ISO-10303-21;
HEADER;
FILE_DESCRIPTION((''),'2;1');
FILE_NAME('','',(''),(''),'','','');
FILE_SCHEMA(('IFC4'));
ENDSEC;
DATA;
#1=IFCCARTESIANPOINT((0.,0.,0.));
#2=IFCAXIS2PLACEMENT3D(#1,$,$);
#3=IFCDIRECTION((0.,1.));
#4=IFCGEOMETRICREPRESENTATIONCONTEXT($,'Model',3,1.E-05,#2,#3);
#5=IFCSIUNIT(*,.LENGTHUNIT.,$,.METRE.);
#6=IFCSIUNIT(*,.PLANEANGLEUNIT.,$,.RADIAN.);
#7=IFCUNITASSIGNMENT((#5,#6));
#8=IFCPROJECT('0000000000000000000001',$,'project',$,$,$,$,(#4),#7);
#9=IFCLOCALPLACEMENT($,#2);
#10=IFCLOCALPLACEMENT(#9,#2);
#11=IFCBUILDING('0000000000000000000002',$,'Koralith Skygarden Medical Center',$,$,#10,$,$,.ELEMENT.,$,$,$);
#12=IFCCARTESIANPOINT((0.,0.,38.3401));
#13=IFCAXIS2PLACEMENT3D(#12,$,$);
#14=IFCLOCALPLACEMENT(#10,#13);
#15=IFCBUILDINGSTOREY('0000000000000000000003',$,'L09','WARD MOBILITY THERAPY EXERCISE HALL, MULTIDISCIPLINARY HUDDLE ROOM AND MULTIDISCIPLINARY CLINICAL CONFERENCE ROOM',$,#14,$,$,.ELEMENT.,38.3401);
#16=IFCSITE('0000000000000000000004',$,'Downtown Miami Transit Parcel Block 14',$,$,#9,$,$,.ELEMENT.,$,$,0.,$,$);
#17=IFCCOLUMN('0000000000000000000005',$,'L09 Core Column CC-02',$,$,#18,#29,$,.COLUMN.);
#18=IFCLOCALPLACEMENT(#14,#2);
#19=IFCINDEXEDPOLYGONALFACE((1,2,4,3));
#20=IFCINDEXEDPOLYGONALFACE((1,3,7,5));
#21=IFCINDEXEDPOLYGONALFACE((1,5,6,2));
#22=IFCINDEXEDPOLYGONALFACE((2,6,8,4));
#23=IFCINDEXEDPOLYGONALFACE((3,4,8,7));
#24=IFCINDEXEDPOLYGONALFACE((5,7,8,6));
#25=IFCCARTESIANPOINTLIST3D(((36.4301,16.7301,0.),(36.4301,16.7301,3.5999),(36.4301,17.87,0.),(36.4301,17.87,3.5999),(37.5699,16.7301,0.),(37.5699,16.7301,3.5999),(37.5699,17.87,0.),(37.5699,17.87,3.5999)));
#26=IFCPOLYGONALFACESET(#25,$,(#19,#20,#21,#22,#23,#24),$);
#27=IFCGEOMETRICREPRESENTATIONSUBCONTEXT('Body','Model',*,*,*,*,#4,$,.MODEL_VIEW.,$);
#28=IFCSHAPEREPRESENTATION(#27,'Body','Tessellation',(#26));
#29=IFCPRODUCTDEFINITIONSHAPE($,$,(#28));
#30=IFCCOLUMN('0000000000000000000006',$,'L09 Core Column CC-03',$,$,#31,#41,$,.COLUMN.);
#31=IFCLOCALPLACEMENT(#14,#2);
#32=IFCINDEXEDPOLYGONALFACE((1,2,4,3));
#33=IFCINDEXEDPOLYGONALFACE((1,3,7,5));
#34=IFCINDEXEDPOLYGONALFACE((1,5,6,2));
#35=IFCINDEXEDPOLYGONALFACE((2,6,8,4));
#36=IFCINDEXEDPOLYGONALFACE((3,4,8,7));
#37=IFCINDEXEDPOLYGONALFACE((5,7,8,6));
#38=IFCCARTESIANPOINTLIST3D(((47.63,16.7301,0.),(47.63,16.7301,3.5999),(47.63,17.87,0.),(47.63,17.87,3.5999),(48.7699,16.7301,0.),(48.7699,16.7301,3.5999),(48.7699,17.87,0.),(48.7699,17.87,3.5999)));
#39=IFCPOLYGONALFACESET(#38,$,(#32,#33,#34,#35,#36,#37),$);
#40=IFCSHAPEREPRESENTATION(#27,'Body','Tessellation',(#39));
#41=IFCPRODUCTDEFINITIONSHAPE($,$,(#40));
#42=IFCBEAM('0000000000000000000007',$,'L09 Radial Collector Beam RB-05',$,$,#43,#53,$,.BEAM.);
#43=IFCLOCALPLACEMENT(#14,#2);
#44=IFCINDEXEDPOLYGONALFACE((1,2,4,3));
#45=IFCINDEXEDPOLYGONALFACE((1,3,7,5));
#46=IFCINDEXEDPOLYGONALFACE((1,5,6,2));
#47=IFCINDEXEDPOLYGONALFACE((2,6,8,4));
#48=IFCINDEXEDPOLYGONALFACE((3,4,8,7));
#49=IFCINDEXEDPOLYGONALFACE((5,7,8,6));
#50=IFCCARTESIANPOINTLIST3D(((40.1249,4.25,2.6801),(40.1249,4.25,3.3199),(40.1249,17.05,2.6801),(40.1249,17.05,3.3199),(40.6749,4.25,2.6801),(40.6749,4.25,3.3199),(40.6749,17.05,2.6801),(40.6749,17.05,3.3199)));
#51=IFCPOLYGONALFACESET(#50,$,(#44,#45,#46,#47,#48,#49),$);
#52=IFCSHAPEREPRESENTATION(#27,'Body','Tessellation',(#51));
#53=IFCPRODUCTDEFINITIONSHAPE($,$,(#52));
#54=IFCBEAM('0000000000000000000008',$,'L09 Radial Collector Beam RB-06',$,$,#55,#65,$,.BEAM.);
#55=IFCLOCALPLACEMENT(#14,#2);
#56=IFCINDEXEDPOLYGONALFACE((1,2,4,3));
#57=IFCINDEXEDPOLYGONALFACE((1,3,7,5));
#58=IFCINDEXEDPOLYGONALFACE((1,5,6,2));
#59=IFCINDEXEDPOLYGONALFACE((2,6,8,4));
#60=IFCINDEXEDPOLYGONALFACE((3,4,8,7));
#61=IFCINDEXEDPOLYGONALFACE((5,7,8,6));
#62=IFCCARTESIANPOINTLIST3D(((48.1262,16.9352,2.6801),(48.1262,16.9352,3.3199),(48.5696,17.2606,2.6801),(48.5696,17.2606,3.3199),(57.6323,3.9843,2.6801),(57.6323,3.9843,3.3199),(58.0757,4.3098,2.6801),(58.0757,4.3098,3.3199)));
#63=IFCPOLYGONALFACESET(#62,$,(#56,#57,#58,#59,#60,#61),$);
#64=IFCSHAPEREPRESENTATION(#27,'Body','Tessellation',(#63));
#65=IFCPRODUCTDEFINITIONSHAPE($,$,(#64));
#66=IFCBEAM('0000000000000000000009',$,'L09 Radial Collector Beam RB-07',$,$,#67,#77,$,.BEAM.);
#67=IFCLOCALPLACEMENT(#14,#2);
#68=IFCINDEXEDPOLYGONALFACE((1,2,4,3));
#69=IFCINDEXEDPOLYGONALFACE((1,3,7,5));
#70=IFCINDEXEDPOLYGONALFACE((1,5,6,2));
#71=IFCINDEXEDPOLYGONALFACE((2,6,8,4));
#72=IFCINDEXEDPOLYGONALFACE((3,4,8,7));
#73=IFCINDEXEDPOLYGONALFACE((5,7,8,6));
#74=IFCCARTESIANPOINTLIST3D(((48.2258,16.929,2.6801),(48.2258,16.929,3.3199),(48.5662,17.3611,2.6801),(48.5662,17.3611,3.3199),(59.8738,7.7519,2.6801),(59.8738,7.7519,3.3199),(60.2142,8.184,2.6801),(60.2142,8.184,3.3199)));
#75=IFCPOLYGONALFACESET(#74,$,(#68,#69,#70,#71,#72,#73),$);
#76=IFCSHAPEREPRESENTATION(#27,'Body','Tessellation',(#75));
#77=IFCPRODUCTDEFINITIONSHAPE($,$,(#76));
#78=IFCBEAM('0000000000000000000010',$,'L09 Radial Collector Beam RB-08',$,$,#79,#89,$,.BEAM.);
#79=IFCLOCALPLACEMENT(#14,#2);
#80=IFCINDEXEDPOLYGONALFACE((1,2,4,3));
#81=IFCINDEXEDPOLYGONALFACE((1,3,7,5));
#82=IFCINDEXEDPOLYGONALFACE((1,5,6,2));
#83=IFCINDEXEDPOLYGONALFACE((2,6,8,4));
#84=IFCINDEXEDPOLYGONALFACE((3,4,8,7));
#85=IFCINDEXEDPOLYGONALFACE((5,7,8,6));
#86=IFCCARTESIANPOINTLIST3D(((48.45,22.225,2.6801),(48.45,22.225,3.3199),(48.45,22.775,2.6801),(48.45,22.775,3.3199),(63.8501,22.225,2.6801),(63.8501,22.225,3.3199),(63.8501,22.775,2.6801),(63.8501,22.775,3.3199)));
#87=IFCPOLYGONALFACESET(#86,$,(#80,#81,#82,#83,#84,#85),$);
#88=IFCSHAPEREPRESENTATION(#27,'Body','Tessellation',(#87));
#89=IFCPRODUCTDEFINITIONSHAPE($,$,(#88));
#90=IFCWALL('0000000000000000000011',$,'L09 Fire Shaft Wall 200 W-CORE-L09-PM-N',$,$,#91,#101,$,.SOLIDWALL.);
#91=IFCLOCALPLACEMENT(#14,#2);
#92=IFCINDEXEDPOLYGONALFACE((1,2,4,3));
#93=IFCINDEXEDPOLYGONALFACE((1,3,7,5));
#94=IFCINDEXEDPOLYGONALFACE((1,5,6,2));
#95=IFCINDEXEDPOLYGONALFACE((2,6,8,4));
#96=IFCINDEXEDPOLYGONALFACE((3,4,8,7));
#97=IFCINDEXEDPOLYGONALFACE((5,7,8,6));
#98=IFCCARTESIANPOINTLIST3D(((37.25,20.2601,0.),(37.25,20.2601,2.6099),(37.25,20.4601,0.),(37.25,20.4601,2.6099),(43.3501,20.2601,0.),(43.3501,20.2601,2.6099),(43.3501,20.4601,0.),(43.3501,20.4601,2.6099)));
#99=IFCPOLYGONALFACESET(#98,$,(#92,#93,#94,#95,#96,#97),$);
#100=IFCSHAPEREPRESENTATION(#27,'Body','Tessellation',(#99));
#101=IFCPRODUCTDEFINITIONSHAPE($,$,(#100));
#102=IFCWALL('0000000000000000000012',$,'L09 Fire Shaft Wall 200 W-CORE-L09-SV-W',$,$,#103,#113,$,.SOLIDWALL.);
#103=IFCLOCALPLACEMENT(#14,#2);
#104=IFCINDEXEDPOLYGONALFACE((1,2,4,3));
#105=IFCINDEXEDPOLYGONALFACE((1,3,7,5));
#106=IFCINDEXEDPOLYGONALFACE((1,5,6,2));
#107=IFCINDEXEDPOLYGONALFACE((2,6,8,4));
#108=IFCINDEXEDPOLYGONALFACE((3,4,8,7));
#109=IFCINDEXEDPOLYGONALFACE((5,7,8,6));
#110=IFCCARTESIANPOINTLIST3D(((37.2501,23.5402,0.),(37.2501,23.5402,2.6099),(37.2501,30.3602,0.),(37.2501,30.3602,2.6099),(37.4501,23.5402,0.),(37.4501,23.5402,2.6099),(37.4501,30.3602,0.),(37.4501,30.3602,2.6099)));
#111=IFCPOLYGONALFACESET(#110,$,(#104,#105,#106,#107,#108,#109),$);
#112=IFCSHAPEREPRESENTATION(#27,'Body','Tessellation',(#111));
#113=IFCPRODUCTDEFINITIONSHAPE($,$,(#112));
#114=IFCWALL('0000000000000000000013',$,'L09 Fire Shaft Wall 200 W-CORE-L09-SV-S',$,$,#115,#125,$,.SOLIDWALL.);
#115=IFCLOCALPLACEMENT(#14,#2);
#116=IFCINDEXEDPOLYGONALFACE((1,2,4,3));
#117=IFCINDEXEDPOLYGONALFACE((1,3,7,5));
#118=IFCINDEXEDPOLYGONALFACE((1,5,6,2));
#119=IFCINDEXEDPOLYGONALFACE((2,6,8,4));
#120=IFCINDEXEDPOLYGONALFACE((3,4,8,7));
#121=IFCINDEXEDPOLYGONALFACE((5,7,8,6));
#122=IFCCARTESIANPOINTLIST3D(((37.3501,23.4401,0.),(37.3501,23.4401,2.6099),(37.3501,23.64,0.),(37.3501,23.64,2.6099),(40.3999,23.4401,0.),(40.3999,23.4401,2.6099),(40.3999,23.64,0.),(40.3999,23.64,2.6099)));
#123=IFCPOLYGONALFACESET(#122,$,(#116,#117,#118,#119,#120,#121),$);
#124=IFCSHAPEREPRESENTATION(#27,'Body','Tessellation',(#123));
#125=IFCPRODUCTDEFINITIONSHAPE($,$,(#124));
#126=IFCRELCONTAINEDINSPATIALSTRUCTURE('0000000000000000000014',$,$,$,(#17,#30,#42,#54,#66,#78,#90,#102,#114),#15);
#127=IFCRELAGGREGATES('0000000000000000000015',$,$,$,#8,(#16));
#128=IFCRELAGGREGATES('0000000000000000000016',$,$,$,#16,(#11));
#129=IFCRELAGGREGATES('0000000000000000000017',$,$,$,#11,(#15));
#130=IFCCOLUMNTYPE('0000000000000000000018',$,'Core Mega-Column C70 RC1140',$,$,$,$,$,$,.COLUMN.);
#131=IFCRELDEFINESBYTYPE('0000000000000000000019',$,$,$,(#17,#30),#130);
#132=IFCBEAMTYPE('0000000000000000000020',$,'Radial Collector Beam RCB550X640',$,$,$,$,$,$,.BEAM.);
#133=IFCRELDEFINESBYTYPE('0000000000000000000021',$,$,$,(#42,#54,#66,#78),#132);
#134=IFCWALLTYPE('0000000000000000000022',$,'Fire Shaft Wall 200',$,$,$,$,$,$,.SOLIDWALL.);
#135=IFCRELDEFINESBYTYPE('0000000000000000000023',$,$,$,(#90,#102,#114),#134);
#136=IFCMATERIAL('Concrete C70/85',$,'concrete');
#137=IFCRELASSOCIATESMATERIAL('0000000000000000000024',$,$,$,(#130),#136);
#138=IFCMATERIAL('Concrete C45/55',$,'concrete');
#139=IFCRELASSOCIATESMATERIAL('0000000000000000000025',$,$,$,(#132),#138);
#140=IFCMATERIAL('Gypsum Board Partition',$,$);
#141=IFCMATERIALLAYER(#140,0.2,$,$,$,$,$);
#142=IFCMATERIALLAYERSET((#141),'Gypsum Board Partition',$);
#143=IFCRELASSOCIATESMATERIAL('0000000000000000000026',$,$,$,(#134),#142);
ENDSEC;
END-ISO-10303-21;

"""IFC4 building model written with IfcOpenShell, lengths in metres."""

from ifc_helpers import new_model, si_unit, direction, frame, frame_2d, origin, origin_2d, place, context, subcontext, project, spatial, rectangle, extrude, material, layer, layer_set, material_profile, profile_set, type_object, element, save


model = new_model("IFC4")

# Units and contexts
model_context = context("Model", 3, precision=1e-05, world=origin(), true_north=direction((0.0, 1.0)))
body_context = subcontext(model_context, "Body", "Model", "MODEL_VIEW")
ifc_project = project(units=[si_unit("LENGTHUNIT", "METRE"), si_unit("PLANEANGLEUNIT", "RADIAN")], contexts=[model_context])

# Site, building, storey
site_placement = place(None, origin())
site = spatial("IfcSite", under=ifc_project, at=site_placement, Name="Downtown Miami Transit Parcel Block 14", CompositionType="ELEMENT", RefElevation=0.0)
building_placement = place(site_placement, origin())
building = spatial("IfcBuilding", under=site, at=building_placement, Name="Koralith Skygarden Medical Center", CompositionType="ELEMENT")
storey_placement = place(building_placement, frame((0.0, 0.0, 38.3401)))
storey = spatial("IfcBuildingStorey", under=building, at=storey_placement, Name="L09", Description="WARD MOBILITY THERAPY EXERCISE HALL, MULTIDISCIPLINARY HUDDLE ROOM AND MULTIDISCIPLINARY CLINICAL CONFERENCE ROOM", CompositionType="ELEMENT", Elevation=38.3401)

# Columns
ifc_material_1 = material(Name="Concrete C70/85", Category="concrete")
ifc_material_profile_1 = material_profile(ifc_material_1, rectangle(XDim=1.1399, YDim=1.1399, at=origin_2d()), Name="RC1140X1140")
ifc_profile_set_1 = profile_set([ifc_material_profile_1], Name="Concrete C70/85")
column_type = type_object("IfcColumnType", Name="Core Mega-Column C70 RC1140", PredefinedType="COLUMN", material=ifc_profile_set_1)
for number, where, z_axis, x_axis, name in (
    (1, (37.0, 17.3, 0.0), (0.0, 0.0, 1.0), (1.0, 0.0, 0.0), "L09 Core Column CC-02"),
    (2, (48.2, 17.3, 0.0), (0.0, 0.0, 1.0), (1.0, 0.0, 0.0), "L09 Core Column CC-03"),
):
    element("IfcColumn", number, at=place(storey_placement, frame(where, z_axis=z_axis, x_axis=x_axis)), inside=storey, type_object=column_type, Name=name, PredefinedType="COLUMN", context=body_context, shape_type="SweptSolid", body=[
        extrude(rectangle(XDim=1.1399, YDim=1.1399, at=origin_2d()), origin(), (0.0, 0.0, 1.0), 3.5999),
    ])

# Beams
ifc_material_2 = material(Name="Concrete C45/55", Category="concrete")
ifc_material_profile_2 = material_profile(ifc_material_2, rectangle(XDim=0.55, YDim=0.6399, at=origin_2d()), Name="RCB550X640")
ifc_profile_set_2 = profile_set([ifc_material_profile_2], Name="Concrete C45/55")
beam_type = type_object("IfcBeamType", Name="Radial Collector Beam RCB550X640", PredefinedType="BEAM", material=ifc_profile_set_2)
beam_1_placement = place(storey_placement, frame((40.3999, 17.05, 3.0), z_axis=(0.0, -1.0, 0.0), x_axis=(1.0, 0.0, 0.0)))
element("IfcBeam", 3, at=beam_1_placement, inside=storey, type_object=beam_type, Name="L09 Radial Collector Beam RB-05", PredefinedType="BEAM", context=body_context, shape_type="SweptSolid", body=[
    extrude(rectangle(XDim=0.55, YDim=0.6399, at=origin_2d()), origin(), (0.0, 0.0, 1.0), 12.8),
])
beam_2_placement = place(storey_placement, frame((48.3479, 17.0979, 3.0), z_axis=(0.591718, -0.806145, 0.0), x_axis=(0.806145, 0.591718, 0.0)))
element("IfcBeam", 4, at=beam_2_placement, inside=storey, type_object=beam_type, Name="L09 Radial Collector Beam RB-06", PredefinedType="BEAM", context=body_context, shape_type="SweptSolid", body=[
    extrude(rectangle(XDim=0.55, YDim=0.6399, at=origin_2d()), origin(), (0.0, 0.0, 1.0), 16.0652),
])
beam_3_placement = place(storey_placement, frame((48.396, 17.145, 3.0), z_axis=(0.785497, -0.618865, 0.0), x_axis=(0.618865, 0.785497, 0.0)))
element("IfcBeam", 5, at=beam_3_placement, inside=storey, type_object=beam_type, Name="L09 Radial Collector Beam RB-07", PredefinedType="BEAM", context=body_context, shape_type="SweptSolid", body=[
    extrude(rectangle(XDim=0.55, YDim=0.6399, at=origin_2d()), origin(), (0.0, 0.0, 1.0), 14.8289),
])
beam_4_placement = place(storey_placement, frame((48.45, 22.5, 3.0), z_axis=(1.0, 0.0, 0.0), x_axis=(0.0, 1.0, 0.0)))
element("IfcBeam", 6, at=beam_4_placement, inside=storey, type_object=beam_type, Name="L09 Radial Collector Beam RB-08", PredefinedType="BEAM", context=body_context, shape_type="SweptSolid", body=[
    extrude(rectangle(XDim=0.55, YDim=0.6399, at=origin_2d()), origin(), (0.0, 0.0, 1.0), 15.4001),
])

# Shared definitions
ifc_material_3 = material(Name="Gypsum Board Partition")
ifc_layer_1 = layer(ifc_material_3, 0.2)
ifc_layer_set_1 = layer_set([ifc_layer_1], Name="Gypsum Board Partition")
wall_type_1 = type_object("IfcWallType", Name="Fire Shaft Wall 200", PredefinedType="SOLIDWALL", material=ifc_layer_set_1)

# Walls
wall_1_placement = place(storey_placement, frame((37.25, 20.3601, 0.0), z_axis=(0.0, 0.0, 1.0), x_axis=(1.0, 0.0, 0.0)))
element("IfcWall", 7, at=wall_1_placement, inside=storey, type_object=wall_type_1, Name="L09 Fire Shaft Wall 200 W-CORE-L09-PM-N", PredefinedType="SOLIDWALL", context=body_context, shape_type="SweptSolid", body=[
    extrude(rectangle(XDim=6.1001, YDim=0.2, at=frame_2d((3.05, 0.0))), origin(), (0.0, 0.0, 1.0), 2.6099),
])
wall_2_placement = place(storey_placement, frame((37.3501, 23.54, 0.0), z_axis=(0.0, 0.0, 1.0), x_axis=(0.0, 1.0, 0.0)))
element("IfcWall", 8, at=wall_2_placement, inside=storey, type_object=wall_type_1, Name="L09 Fire Shaft Wall 200 W-CORE-L09-SV-W", PredefinedType="SOLIDWALL", context=body_context, shape_type="SweptSolid", body=[
    extrude(rectangle(XDim=6.8201, YDim=0.2, at=frame_2d((3.4102, 0.0))), origin(), (0.0, 0.0, 1.0), 2.6099),
])
wall_3_placement = place(storey_placement, frame((37.3501, 23.54, 0.0), z_axis=(0.0, 0.0, 1.0), x_axis=(1.0, 0.0, 0.0)))
element("IfcWall", 9, at=wall_3_placement, inside=storey, type_object=wall_type_1, Name="L09 Fire Shaft Wall 200 W-CORE-L09-SV-S", PredefinedType="SOLIDWALL", context=body_context, shape_type="SweptSolid", body=[
    extrude(rectangle(XDim=3.0498, YDim=0.2, at=frame_2d((1.5249, 0.0))), origin(), (0.0, 0.0, 1.0), 2.6099),
])

save(model, "model.ifc")
